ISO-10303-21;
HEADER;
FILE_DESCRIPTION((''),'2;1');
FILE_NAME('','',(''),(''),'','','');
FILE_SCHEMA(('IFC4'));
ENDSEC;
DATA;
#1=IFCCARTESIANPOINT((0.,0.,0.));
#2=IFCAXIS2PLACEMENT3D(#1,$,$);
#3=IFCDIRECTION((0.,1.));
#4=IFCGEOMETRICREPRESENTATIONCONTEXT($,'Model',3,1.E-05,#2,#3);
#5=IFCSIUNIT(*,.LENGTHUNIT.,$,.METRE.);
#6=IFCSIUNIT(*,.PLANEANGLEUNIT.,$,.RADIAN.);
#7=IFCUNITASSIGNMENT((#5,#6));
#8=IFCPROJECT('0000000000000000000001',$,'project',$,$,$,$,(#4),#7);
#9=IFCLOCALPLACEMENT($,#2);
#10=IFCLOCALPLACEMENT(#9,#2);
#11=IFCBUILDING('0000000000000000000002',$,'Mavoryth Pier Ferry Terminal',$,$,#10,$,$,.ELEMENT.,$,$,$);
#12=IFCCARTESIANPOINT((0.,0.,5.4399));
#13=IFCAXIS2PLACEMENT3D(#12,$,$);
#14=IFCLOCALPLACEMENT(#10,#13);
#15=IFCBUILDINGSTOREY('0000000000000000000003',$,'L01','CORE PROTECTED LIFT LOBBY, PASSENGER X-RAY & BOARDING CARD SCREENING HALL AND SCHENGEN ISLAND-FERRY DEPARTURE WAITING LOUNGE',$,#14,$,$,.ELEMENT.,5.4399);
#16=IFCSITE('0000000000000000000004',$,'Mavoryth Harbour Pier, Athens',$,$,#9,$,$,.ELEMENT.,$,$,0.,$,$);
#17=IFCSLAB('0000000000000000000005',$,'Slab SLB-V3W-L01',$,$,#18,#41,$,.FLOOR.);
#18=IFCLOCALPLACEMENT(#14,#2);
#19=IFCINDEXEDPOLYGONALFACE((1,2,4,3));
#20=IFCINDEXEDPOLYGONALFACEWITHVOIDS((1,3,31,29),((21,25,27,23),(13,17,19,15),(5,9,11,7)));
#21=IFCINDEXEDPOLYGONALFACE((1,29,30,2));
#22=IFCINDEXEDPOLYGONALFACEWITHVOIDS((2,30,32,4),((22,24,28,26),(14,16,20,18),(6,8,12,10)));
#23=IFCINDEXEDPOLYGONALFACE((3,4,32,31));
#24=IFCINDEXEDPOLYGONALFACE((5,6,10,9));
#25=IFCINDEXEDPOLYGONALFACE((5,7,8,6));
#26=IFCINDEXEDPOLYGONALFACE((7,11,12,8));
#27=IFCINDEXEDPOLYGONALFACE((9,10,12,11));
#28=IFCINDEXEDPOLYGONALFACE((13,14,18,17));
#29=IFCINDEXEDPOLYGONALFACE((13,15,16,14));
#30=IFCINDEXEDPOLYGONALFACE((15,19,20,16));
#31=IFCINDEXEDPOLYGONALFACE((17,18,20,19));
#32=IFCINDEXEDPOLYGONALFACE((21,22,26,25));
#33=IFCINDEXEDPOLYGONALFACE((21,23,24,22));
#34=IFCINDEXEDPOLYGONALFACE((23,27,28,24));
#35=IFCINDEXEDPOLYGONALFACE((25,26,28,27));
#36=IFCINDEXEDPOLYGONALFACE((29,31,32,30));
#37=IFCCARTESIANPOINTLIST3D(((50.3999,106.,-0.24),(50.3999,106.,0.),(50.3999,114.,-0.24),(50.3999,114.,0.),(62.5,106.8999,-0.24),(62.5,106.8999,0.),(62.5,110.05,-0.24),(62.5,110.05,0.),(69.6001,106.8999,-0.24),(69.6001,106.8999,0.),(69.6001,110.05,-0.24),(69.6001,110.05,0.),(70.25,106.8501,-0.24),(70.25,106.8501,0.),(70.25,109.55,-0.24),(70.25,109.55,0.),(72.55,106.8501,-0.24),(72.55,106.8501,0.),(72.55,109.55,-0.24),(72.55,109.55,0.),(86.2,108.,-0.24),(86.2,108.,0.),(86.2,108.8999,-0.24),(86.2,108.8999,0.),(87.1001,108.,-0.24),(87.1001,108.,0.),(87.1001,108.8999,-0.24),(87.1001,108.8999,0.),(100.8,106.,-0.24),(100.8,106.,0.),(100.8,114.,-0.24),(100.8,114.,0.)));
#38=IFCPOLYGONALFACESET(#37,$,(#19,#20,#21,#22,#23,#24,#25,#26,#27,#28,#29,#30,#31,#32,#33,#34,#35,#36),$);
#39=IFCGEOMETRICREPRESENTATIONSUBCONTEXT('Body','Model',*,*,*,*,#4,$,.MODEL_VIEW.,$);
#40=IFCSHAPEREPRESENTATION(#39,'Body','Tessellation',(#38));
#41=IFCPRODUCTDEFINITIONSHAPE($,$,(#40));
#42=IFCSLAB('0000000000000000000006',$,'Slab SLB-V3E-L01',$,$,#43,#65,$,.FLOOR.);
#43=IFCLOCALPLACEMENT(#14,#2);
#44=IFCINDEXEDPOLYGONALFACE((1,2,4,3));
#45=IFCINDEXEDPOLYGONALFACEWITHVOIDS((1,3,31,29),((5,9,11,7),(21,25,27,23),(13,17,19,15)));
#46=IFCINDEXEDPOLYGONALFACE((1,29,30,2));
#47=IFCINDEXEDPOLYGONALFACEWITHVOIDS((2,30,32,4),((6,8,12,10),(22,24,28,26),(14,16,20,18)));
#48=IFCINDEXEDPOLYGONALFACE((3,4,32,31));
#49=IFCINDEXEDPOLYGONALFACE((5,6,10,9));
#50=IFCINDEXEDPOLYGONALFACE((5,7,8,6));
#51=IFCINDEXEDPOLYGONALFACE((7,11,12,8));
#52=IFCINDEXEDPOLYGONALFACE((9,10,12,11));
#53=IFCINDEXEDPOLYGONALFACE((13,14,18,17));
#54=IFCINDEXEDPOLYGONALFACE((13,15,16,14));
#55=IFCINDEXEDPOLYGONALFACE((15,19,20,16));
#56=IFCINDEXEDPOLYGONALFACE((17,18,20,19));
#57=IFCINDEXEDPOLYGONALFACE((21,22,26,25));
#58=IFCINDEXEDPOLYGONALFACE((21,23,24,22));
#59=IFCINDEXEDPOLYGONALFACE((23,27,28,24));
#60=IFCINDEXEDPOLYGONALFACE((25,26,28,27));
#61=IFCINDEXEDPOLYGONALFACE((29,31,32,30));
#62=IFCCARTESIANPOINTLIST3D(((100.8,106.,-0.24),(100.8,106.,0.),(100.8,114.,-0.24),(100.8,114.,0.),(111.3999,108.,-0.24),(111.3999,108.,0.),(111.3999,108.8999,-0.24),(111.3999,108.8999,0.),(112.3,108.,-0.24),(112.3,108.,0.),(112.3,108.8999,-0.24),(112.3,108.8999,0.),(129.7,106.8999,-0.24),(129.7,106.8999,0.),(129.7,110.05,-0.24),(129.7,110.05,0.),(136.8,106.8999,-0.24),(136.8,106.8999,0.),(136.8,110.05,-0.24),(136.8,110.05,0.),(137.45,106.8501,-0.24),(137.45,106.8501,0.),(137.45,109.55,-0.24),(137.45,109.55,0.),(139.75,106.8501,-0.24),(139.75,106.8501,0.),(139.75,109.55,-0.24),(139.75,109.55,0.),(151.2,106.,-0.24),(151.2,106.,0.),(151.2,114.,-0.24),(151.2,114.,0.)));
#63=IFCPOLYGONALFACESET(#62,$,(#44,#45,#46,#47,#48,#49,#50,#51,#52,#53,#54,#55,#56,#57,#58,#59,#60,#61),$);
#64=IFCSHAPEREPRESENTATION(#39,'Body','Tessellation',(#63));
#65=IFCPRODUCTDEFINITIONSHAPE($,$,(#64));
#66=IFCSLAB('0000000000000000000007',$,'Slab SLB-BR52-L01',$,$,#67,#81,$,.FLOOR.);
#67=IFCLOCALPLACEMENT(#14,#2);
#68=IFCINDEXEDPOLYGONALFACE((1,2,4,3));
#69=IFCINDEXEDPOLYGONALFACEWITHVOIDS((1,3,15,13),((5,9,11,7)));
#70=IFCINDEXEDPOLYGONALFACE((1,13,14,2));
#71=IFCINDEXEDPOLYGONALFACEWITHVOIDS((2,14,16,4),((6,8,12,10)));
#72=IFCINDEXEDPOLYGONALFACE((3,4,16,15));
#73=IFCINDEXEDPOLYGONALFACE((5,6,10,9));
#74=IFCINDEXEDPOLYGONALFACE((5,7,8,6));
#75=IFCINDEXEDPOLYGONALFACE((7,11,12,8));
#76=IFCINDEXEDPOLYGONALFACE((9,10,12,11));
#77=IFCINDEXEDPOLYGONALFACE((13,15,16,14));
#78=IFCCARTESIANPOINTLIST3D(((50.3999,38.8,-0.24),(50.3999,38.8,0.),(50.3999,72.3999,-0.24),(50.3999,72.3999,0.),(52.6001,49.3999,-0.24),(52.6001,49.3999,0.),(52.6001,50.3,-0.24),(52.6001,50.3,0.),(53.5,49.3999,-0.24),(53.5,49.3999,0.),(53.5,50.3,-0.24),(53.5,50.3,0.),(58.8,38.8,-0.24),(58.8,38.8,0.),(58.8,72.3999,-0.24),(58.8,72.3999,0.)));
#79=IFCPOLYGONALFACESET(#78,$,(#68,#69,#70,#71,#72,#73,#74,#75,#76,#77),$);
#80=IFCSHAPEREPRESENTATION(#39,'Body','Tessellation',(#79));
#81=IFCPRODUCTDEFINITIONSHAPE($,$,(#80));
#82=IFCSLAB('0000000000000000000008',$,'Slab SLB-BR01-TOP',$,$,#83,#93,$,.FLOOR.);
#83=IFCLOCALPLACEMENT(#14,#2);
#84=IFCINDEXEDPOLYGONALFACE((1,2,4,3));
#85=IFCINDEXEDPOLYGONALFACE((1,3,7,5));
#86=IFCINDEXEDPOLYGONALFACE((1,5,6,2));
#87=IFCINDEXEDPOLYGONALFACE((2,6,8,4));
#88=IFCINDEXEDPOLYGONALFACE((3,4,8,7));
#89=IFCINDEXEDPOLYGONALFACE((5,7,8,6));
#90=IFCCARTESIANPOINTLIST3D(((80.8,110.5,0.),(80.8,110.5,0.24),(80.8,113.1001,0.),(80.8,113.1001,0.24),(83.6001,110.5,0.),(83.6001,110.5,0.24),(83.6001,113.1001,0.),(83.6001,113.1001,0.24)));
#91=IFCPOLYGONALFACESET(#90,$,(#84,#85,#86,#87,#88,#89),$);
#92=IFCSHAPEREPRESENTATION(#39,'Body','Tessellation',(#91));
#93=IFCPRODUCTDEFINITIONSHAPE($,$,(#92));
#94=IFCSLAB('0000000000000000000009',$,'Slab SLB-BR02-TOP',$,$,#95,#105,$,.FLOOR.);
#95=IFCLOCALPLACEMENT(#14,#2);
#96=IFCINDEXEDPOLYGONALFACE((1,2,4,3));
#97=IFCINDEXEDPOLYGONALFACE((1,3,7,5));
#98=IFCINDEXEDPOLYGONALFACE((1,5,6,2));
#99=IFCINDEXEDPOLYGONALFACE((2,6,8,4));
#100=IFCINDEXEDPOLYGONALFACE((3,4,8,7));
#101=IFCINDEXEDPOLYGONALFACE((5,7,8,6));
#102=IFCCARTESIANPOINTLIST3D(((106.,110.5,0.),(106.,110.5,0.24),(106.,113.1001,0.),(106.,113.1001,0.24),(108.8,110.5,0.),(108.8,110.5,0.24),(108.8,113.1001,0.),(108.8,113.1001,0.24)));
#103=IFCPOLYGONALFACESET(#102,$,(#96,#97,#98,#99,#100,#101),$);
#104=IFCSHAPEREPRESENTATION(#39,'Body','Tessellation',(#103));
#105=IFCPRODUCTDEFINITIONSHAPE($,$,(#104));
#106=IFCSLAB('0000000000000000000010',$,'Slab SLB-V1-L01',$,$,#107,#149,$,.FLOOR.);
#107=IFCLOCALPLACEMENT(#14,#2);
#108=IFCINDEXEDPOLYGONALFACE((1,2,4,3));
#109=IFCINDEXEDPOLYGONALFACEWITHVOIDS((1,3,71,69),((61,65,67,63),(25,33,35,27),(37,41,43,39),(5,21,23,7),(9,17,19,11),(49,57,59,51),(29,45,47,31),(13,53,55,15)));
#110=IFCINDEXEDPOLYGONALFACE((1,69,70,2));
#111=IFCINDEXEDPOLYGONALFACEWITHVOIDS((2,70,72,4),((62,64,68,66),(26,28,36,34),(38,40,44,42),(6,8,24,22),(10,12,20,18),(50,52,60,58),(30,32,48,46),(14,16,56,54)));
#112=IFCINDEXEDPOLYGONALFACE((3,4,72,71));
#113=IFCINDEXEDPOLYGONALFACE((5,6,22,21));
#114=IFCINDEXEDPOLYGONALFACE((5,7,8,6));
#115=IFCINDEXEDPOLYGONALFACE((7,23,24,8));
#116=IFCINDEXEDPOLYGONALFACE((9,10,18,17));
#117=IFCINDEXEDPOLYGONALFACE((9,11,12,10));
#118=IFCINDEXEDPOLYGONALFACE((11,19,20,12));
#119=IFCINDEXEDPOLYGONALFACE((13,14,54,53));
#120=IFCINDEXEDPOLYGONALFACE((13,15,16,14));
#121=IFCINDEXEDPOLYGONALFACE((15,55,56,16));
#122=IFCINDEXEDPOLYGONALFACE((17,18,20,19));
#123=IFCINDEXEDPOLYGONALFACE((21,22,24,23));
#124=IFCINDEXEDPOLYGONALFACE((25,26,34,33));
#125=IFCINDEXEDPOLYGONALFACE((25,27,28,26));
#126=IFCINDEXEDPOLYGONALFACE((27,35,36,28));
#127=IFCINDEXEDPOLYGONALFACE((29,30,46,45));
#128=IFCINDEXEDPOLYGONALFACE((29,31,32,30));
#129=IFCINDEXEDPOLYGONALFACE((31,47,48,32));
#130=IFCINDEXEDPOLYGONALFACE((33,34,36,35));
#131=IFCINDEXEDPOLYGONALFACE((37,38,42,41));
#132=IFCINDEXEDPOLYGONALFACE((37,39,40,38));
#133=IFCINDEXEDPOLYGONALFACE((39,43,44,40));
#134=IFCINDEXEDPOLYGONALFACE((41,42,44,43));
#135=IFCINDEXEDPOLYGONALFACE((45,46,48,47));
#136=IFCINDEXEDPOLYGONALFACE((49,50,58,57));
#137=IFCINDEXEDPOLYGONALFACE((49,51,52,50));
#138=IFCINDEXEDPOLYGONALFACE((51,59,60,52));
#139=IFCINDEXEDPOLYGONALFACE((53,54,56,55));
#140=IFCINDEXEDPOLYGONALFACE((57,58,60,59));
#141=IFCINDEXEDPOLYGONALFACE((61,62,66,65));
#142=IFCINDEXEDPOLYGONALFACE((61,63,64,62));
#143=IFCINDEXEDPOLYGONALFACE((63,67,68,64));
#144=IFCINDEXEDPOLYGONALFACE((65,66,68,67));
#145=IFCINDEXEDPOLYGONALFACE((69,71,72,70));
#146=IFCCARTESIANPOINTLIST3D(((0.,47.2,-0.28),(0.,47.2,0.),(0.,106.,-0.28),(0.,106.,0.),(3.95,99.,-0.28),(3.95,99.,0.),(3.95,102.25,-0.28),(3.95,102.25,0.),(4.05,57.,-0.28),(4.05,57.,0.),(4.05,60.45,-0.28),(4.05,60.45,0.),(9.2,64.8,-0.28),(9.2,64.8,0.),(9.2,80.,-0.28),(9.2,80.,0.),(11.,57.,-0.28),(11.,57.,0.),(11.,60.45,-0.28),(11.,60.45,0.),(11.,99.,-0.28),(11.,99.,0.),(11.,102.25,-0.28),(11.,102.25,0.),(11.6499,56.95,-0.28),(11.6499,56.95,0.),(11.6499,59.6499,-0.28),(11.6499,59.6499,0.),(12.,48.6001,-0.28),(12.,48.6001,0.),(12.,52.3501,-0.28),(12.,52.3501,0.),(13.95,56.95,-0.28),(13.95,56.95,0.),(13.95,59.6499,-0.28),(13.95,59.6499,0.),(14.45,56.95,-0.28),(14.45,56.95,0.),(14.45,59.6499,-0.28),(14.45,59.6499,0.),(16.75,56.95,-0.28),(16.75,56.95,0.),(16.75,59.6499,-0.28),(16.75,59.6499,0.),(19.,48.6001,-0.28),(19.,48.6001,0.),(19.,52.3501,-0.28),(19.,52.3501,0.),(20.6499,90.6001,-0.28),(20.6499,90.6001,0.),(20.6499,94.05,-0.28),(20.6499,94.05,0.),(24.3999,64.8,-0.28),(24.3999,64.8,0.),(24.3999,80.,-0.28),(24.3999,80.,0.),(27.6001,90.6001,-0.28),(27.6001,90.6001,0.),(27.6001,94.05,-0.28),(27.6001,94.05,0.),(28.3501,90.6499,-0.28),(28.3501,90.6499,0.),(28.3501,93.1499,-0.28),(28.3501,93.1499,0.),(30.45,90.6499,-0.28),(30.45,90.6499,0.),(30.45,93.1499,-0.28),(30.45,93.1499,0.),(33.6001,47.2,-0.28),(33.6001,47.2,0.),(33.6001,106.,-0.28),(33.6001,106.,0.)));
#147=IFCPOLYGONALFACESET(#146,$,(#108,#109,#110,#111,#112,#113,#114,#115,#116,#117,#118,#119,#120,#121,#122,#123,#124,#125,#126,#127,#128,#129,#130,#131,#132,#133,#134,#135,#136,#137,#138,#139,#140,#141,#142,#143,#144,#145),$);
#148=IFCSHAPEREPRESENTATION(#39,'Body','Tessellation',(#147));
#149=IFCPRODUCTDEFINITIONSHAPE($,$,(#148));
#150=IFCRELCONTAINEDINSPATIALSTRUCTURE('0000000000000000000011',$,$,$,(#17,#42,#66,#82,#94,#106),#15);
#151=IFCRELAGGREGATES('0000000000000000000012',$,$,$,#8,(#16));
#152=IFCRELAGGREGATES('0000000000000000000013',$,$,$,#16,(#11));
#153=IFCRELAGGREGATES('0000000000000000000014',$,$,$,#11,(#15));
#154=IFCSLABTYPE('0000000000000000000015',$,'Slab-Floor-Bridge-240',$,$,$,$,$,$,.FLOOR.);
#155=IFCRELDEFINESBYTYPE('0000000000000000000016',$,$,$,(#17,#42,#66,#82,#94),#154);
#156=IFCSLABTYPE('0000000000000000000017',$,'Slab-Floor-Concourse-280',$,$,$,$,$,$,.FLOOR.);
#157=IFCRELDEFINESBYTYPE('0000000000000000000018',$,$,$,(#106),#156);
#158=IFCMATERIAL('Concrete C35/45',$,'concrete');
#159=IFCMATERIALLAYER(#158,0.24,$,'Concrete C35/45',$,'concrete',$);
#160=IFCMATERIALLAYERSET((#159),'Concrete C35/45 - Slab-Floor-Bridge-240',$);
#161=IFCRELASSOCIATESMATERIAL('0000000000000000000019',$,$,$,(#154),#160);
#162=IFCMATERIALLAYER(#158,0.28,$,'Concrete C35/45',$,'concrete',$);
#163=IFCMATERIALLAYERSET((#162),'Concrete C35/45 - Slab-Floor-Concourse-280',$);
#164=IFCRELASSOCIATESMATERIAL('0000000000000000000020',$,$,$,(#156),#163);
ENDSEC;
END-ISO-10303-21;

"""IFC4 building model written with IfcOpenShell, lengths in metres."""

from ifc_helpers import new_model, si_unit, direction, frame, origin, place, context, subcontext, project, spatial, polyline, outline, extrude, material, layer, layer_set, type_object, element, save


model = new_model("IFC4")

# Units and contexts
model_context = context("Model", 3, precision=1e-05, world=origin(), true_north=direction((0.0, 1.0)))
body_context = subcontext(model_context, "Body", "Model", "MODEL_VIEW")
ifc_project = project(units=[si_unit("LENGTHUNIT", "METRE"), si_unit("PLANEANGLEUNIT", "RADIAN")], contexts=[model_context])

# Site, building, storey
site_placement = place(None, origin())
site = spatial("IfcSite", under=ifc_project, at=site_placement, Name="Mavoryth Harbour Pier, Athens", CompositionType="ELEMENT", RefElevation=0.0)
building_placement = place(site_placement, origin())
building = spatial("IfcBuilding", under=site, at=building_placement, Name="Mavoryth Pier Ferry Terminal", CompositionType="ELEMENT")
storey_placement = place(building_placement, frame((0.0, 0.0, 5.4399)))
storey = spatial("IfcBuildingStorey", under=building, at=storey_placement, Name="L01", Description="CORE PROTECTED LIFT LOBBY, PASSENGER X-RAY & BOARDING CARD SCREENING HALL AND SCHENGEN ISLAND-FERRY DEPARTURE WAITING LOUNGE", CompositionType="ELEMENT", Elevation=5.4399)

# Slabs
ifc_material_1 = material(Name="Concrete C35/45", Category="concrete")
ifc_layer_1 = layer(ifc_material_1, 0.24, Name="Concrete C35/45", Category="concrete")
ifc_layer_set_1 = layer_set([ifc_layer_1], Name="Concrete C35/45 - Slab-Floor-Bridge-240")
slab_type_1 = type_object("IfcSlabType", Name="Slab-Floor-Bridge-240", PredefinedType="FLOOR", material=ifc_layer_set_1)
slab_1_placement = place(storey_placement, frame((0.0, 0.0, -0.24)))
element("IfcSlab", 1, at=slab_1_placement, inside=storey, type_object=slab_type_1, Name="Slab SLB-V3W-L01", PredefinedType="FLOOR", context=body_context, shape_type="SweptSolid", body=[
    extrude(outline(polyline([(50.3999, 106.0), (100.8, 106.0), (100.8, 114.0), (50.3999, 114.0), (50.3999, 106.0)]), holes=[polyline([(62.5, 106.8999), (69.6001, 106.8999), (69.6001, 110.05), (62.5, 110.05), (62.5, 106.8999)]), polyline([(70.25, 106.8501), (72.55, 106.8501), (72.55, 109.55), (70.25, 109.55), (70.25, 106.8501)]), polyline([(86.2, 108.0), (87.1001, 108.0), (87.1001, 108.8999), (86.2, 108.8999), (86.2, 108.0)])]), origin(), (0.0, 0.0, 1.0), 0.24),
])
slab_2_placement = place(storey_placement, frame((0.0, 0.0, -0.24)))
element("IfcSlab", 2, at=slab_2_placement, inside=storey, type_object=slab_type_1, Name="Slab SLB-V3E-L01", PredefinedType="FLOOR", context=body_context, shape_type="SweptSolid", body=[
    extrude(outline(polyline([(100.8, 106.0), (151.2, 106.0), (151.2, 114.0), (100.8, 114.0), (100.8, 106.0)]), holes=[polyline([(129.7, 106.8999), (136.8, 106.8999), (136.8, 110.05), (129.7, 110.05), (129.7, 106.8999)]), polyline([(137.45, 106.8501), (139.75, 106.8501), (139.75, 109.55), (137.45, 109.55), (137.45, 106.8501)]), polyline([(111.3999, 108.0), (112.3, 108.0), (112.3, 108.8999), (111.3999, 108.8999), (111.3999, 108.0)])]), origin(), (0.0, 0.0, 1.0), 0.24),
])
slab_3_placement = place(storey_placement, frame((0.0, 0.0, -0.24)))
element("IfcSlab", 3, at=slab_3_placement, inside=storey, type_object=slab_type_1, Name="Slab SLB-BR52-L01", PredefinedType="FLOOR", context=body_context, shape_type="SweptSolid", body=[
    extrude(outline(polyline([(50.3999, 38.8), (58.8, 38.8), (58.8, 72.3999), (50.3999, 72.3999), (50.3999, 38.8)]), holes=[polyline([(52.6001, 49.3999), (53.5, 49.3999), (53.5, 50.3), (52.6001, 50.3), (52.6001, 49.3999)])]), origin(), (0.0, 0.0, 1.0), 0.24),
])
slab_4_placement = place(storey_placement, origin())
element("IfcSlab", 4, at=slab_4_placement, inside=storey, type_object=slab_type_1, Name="Slab SLB-BR01-TOP", PredefinedType="FLOOR", context=body_context, shape_type="SweptSolid", body=[
    extrude(outline(polyline([(80.8, 110.5), (83.6001, 110.5), (83.6001, 113.1001), (80.8, 113.1001), (80.8, 110.5)])), origin(), (0.0, 0.0, 1.0), 0.24),
])
slab_5_placement = place(storey_placement, origin())
element("IfcSlab", 5, at=slab_5_placement, inside=storey, type_object=slab_type_1, Name="Slab SLB-BR02-TOP", PredefinedType="FLOOR", context=body_context, shape_type="SweptSolid", body=[
    extrude(outline(polyline([(106.0, 110.5), (108.8, 110.5), (108.8, 113.1001), (106.0, 113.1001), (106.0, 110.5)])), origin(), (0.0, 0.0, 1.0), 0.24),
])
ifc_layer_2 = layer(ifc_material_1, 0.28, Name="Concrete C35/45", Category="concrete")
ifc_layer_set_2 = layer_set([ifc_layer_2], Name="Concrete C35/45 - Slab-Floor-Concourse-280")
slab_type_2 = type_object("IfcSlabType", Name="Slab-Floor-Concourse-280", PredefinedType="FLOOR", material=ifc_layer_set_2)
slab_6_placement = place(storey_placement, frame((0.0, 0.0, -0.28)))
element("IfcSlab", 6, at=slab_6_placement, inside=storey, type_object=slab_type_2, Name="Slab SLB-V1-L01", PredefinedType="FLOOR", context=body_context, shape_type="SweptSolid", body=[
    extrude(outline(polyline([(0.0, 47.2), (33.6001, 47.2), (33.6001, 106.0), (0.0, 106.0), (0.0, 47.2)]), holes=[polyline([(4.05, 57.0), (11.0, 57.0), (11.0, 60.45), (4.05, 60.45), (4.05, 57.0)]), polyline([(20.6499, 90.6001), (27.6001, 90.6001), (27.6001, 94.05), (20.6499, 94.05), (20.6499, 90.6001)]), polyline([(3.95, 99.0), (11.0, 99.0), (11.0, 102.25), (3.95, 102.25), (3.95, 99.0)]), polyline([(12.0, 48.6001), (19.0, 48.6001), (19.0, 52.3501), (12.0, 52.3501), (12.0, 48.6001)]), polyline([(11.6499, 56.95), (13.95, 56.95), (13.95, 59.6499), (11.6499, 59.6499), (11.6499, 56.95)]), polyline([(14.45, 56.95), (16.75, 56.95), (16.75, 59.6499), (14.45, 59.6499), (14.45, 56.95)]), polyline([(28.3501, 90.6499), (30.45, 90.6499), (30.45, 93.1499), (28.3501, 93.1499), (28.3501, 90.6499)]), polyline([(9.2, 64.8), (24.3999, 64.8), (24.3999, 80.0), (9.2, 80.0), (9.2, 64.8)])]), origin(), (0.0, 0.0, 1.0), 0.28),
])

save(model, "model.ifc")
